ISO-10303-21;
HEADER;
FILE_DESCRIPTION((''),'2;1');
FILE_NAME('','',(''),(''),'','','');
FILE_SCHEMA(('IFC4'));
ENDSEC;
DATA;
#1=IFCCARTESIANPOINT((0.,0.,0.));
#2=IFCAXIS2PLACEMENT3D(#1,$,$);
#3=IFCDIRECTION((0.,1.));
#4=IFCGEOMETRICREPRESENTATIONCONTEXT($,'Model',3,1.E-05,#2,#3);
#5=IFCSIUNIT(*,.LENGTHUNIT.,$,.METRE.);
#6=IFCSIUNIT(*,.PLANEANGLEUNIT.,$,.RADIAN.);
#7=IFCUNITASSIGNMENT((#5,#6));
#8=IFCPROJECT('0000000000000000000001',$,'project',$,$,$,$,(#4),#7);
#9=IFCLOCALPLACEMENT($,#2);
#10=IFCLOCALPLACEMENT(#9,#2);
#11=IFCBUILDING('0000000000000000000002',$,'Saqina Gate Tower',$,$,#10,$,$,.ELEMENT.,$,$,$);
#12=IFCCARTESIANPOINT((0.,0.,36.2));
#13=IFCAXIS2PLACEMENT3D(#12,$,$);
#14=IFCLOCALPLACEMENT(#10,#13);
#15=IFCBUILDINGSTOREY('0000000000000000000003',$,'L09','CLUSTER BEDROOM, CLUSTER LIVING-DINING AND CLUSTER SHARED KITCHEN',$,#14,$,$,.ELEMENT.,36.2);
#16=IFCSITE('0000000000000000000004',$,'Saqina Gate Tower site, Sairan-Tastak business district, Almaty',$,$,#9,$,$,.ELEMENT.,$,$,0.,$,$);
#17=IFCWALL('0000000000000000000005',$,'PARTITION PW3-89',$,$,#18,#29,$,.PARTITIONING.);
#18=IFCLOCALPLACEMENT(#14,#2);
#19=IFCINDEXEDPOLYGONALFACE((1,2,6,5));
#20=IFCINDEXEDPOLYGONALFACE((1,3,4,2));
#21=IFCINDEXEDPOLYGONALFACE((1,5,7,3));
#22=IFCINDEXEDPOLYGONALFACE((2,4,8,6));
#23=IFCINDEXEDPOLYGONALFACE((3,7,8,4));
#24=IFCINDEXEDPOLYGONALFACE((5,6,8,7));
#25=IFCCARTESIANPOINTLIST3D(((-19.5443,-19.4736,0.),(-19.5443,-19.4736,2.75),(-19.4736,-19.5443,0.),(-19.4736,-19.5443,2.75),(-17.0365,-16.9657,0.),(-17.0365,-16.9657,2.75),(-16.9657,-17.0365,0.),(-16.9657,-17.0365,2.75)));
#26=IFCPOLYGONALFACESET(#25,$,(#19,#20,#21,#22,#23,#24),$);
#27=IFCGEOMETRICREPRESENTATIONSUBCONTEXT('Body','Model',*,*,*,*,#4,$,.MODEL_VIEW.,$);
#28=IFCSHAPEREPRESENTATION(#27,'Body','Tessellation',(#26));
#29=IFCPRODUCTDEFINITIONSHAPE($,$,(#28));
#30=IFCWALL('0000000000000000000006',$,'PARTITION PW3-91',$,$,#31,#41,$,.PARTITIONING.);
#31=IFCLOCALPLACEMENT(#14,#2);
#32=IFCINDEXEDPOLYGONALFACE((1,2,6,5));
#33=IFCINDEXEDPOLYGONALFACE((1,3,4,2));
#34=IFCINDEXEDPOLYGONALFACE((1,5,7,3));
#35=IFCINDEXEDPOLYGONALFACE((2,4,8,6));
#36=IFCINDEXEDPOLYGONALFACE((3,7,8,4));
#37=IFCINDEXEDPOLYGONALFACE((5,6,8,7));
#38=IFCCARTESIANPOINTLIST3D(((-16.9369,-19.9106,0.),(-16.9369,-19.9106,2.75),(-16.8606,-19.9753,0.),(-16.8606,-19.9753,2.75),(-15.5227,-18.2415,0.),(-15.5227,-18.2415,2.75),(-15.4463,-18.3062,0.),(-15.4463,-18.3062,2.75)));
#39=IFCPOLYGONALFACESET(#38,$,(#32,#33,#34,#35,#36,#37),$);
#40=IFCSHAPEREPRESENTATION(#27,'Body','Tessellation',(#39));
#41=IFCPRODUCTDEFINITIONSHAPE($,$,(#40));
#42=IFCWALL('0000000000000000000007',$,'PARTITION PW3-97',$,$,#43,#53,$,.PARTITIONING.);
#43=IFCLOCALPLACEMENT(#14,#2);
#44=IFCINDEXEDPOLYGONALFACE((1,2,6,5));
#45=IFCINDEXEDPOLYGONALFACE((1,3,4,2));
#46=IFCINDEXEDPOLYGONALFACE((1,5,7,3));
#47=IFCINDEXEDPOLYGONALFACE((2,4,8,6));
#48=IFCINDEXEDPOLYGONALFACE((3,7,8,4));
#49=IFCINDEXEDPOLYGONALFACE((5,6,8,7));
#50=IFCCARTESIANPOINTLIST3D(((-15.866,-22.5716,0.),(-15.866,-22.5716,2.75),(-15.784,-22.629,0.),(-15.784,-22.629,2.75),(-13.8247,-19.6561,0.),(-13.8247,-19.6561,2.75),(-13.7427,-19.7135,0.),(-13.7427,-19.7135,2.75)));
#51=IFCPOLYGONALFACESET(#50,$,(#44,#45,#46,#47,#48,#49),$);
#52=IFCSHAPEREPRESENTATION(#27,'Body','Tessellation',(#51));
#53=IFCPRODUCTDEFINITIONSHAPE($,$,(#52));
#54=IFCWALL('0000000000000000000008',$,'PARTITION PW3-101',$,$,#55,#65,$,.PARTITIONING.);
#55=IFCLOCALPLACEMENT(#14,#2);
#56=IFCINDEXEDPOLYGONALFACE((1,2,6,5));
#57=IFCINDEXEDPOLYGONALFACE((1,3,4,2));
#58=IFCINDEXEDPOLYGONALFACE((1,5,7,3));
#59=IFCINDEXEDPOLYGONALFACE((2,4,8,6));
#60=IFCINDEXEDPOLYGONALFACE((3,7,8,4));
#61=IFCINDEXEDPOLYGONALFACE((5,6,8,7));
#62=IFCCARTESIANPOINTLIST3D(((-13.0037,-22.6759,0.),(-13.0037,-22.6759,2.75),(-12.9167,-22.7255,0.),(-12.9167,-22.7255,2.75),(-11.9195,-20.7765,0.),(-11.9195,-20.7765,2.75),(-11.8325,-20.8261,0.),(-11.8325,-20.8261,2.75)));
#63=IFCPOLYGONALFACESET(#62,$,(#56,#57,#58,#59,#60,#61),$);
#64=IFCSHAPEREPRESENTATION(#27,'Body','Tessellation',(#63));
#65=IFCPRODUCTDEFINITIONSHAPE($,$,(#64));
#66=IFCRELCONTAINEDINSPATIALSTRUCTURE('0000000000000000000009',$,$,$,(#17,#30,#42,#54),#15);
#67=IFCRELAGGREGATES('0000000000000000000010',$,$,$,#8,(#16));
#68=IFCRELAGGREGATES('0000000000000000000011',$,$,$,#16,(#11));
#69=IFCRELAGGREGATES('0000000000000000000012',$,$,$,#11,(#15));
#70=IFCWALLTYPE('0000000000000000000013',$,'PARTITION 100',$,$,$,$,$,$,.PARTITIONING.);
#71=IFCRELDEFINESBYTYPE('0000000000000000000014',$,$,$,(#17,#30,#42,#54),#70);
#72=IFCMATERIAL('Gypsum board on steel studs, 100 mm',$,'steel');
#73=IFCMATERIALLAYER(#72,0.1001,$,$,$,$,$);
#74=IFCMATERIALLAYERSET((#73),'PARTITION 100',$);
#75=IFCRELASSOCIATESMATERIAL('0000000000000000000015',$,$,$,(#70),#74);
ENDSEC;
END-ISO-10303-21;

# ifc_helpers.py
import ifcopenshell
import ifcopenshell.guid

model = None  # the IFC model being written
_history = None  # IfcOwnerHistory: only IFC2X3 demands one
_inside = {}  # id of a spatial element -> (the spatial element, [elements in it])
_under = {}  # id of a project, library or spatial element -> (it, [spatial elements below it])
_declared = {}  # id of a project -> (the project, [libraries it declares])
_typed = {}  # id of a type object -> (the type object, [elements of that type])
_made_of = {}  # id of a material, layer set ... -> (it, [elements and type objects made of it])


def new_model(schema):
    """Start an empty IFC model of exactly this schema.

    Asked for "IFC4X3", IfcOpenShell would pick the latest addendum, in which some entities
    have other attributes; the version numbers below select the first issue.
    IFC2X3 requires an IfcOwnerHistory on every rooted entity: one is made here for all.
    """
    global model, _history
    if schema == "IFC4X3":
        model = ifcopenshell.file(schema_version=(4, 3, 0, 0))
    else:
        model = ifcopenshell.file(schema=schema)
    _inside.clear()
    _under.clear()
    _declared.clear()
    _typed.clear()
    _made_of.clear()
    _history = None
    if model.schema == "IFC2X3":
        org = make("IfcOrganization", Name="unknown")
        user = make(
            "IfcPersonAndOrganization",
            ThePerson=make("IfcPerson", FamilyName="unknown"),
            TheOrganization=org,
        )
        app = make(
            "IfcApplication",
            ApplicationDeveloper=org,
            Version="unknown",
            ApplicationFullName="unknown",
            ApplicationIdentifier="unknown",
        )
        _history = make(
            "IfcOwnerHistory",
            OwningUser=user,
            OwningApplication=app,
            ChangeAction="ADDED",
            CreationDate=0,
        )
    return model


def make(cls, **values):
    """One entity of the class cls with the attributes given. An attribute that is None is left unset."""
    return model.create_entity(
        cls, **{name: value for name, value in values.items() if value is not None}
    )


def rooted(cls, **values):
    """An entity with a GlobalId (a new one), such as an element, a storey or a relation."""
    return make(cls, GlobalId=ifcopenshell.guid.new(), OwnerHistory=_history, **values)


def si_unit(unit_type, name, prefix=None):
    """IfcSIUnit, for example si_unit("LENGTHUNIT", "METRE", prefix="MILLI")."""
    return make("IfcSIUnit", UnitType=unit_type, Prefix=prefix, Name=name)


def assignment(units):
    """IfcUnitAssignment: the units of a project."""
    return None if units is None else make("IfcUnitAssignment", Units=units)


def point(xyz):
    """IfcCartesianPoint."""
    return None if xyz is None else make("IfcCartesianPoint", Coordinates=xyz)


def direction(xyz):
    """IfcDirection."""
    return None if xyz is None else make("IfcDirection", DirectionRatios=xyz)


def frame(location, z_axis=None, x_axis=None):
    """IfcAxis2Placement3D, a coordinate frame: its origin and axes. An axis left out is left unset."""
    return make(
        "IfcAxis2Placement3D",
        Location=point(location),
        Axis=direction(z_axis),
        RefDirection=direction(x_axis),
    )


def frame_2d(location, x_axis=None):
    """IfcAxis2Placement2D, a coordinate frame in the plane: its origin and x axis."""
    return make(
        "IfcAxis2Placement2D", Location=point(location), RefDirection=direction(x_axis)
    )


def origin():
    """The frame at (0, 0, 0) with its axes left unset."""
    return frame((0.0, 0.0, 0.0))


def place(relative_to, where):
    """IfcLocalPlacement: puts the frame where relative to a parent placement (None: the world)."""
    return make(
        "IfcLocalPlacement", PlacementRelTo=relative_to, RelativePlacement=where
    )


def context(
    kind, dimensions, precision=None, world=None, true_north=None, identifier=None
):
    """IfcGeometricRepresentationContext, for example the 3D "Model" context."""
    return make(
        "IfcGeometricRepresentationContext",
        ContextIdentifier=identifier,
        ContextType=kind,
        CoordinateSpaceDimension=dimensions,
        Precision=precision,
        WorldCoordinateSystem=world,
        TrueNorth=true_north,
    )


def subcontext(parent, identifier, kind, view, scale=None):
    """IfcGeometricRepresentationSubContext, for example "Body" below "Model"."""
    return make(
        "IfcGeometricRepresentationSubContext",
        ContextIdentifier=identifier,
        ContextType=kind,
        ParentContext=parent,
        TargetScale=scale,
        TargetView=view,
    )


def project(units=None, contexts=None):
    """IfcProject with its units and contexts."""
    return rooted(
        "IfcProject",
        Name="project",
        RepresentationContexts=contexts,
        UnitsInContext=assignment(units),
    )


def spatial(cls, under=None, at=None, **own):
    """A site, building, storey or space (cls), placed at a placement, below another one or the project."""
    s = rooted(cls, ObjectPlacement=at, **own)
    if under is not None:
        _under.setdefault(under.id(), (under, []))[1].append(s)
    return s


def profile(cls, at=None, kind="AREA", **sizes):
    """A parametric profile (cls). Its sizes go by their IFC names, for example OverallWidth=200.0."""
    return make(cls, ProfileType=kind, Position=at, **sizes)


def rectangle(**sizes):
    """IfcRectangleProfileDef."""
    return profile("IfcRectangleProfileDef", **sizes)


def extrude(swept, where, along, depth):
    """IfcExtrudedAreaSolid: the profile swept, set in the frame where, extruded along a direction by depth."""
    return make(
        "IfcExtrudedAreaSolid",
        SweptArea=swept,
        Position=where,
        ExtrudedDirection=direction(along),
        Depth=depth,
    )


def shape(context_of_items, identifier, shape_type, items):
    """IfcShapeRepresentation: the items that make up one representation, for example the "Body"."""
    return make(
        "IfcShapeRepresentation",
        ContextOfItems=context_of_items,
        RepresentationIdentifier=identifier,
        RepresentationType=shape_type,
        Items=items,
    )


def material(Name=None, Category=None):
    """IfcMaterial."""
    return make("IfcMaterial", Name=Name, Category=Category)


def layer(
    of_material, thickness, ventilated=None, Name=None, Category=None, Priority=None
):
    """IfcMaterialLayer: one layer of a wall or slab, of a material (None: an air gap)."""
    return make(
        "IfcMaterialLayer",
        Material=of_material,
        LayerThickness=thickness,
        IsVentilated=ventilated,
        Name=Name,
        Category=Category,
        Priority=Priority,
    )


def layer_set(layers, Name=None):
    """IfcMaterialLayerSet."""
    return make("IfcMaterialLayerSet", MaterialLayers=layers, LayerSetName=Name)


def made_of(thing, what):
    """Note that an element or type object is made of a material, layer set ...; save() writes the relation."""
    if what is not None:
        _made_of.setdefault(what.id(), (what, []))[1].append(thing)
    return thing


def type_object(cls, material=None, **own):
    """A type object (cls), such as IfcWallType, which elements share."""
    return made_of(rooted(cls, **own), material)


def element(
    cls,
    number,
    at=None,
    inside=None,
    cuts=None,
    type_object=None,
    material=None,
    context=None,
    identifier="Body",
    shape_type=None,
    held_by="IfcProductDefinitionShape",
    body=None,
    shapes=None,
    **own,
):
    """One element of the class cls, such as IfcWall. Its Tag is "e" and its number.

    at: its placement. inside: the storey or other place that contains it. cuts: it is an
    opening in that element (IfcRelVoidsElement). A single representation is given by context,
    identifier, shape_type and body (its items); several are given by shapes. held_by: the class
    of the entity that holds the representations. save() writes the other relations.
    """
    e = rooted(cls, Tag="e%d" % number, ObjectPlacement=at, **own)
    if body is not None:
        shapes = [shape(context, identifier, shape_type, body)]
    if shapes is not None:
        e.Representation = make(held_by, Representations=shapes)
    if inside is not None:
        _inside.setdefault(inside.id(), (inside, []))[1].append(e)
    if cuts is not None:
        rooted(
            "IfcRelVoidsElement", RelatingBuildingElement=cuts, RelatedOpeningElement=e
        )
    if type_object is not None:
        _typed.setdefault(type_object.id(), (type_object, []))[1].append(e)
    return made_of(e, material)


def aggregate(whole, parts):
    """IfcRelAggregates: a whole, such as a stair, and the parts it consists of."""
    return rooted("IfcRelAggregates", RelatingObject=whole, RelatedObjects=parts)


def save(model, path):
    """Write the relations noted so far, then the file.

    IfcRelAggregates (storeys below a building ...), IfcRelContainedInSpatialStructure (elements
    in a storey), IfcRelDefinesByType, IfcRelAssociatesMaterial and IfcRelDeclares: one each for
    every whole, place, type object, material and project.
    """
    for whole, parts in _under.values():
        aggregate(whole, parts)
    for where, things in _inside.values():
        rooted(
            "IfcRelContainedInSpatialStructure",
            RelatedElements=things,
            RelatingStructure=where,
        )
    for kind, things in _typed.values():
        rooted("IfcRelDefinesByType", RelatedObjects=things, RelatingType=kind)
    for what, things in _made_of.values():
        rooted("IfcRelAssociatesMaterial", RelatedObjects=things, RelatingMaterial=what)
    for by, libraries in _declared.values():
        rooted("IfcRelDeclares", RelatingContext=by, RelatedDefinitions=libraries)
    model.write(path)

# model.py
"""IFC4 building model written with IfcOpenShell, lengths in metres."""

from ifc_helpers import new_model, si_unit, direction, frame, frame_2d, origin, place, context, subcontext, project, spatial, rectangle, extrude, material, layer, layer_set, type_object, element, save


model = new_model("IFC4")

# Units and contexts
model_context = context("Model", 3, precision=1e-05, world=origin(), true_north=direction((0.0, 1.0)))
body_context = subcontext(model_context, "Body", "Model", "MODEL_VIEW")
ifc_project = project(units=[si_unit("LENGTHUNIT", "METRE"), si_unit("PLANEANGLEUNIT", "RADIAN")], contexts=[model_context])

# Site, building, storey
site_placement = place(None, origin())
site = spatial("IfcSite", under=ifc_project, at=site_placement, Name="Saqina Gate Tower site, Sairan-Tastak business district, Almaty", CompositionType="ELEMENT", RefElevation=0.0)
building_placement = place(site_placement, origin())
building = spatial("IfcBuilding", under=site, at=building_placement, Name="Saqina Gate Tower", CompositionType="ELEMENT")
storey_placement = place(building_placement, frame((0.0, 0.0, 36.2)))
storey = spatial("IfcBuildingStorey", under=building, at=storey_placement, Name="L09", Description="CLUSTER BEDROOM, CLUSTER LIVING-DINING AND CLUSTER SHARED KITCHEN", CompositionType="ELEMENT", Elevation=36.2)

# Shared definitions
ifc_material_1 = material(Name="Gypsum board on steel studs, 100 mm", Category="steel")
ifc_layer_1 = layer(ifc_material_1, 0.1001)
ifc_layer_set_1 = layer_set([ifc_layer_1], Name="PARTITION 100")
wall_type_1 = type_object("IfcWallType", Name="PARTITION 100", PredefinedType="PARTITIONING", material=ifc_layer_set_1)

# Walls
wall_1_placement = place(storey_placement, frame((-19.509, -19.509, 0.0), z_axis=(0.0, 0.0, 1.0), x_axis=(0.707107, 0.707107, 0.0)))
element("IfcWall", 1, at=wall_1_placement, inside=storey, type_object=wall_type_1, Name="PARTITION PW3-89", PredefinedType="PARTITIONING", context=body_context, shape_type="SweptSolid", body=[
    extrude(rectangle(XDim=3.5466, YDim=0.1001, at=frame_2d((1.7734, 0.0))), origin(), (0.0, 0.0, 1.0), 2.75),
])
wall_2_placement = place(storey_placement, frame((-16.8987, -19.9429, 0.0), z_axis=(0.0, 0.0, 1.0), x_axis=(0.646452, 0.762954, 0.0)))
element("IfcWall", 2, at=wall_2_placement, inside=storey, type_object=wall_type_1, Name="PARTITION PW3-91", PredefinedType="PARTITIONING", context=body_context, shape_type="SweptSolid", body=[
    extrude(rectangle(XDim=2.1877, YDim=0.1001, at=frame_2d((1.0938, 0.0))), origin(), (0.0, 0.0, 1.0), 2.75),
])
wall_3_placement = place(storey_placement, frame((-15.825, -22.6003, 0.0), z_axis=(0.0, 0.0, 1.0), x_axis=(0.573536, 0.81918, 0.0)))
element("IfcWall", 3, at=wall_3_placement, inside=storey, type_object=wall_type_1, Name="PARTITION PW3-97", PredefinedType="PARTITIONING", context=body_context, shape_type="SweptSolid", body=[
    extrude(rectangle(XDim=3.5591, YDim=0.1001, at=frame_2d((1.7795, 0.0))), origin(), (0.0, 0.0, 1.0), 2.75),
])
wall_4_placement = place(storey_placement, frame((-12.9602, -22.7007, 0.0), z_axis=(0.0, 0.0, 1.0), x_axis=(0.495742, 0.86847, 0.0)))
element("IfcWall", 4, at=wall_4_placement, inside=storey, type_object=wall_type_1, Name="PARTITION PW3-101", PredefinedType="PARTITIONING", context=body_context, shape_type="SweptSolid", body=[
    extrude(rectangle(XDim=2.187, YDim=0.1001, at=frame_2d((1.0935, 0.0))), origin(), (0.0, 0.0, 1.0), 2.75),
])

save(model, "model.ifc")
